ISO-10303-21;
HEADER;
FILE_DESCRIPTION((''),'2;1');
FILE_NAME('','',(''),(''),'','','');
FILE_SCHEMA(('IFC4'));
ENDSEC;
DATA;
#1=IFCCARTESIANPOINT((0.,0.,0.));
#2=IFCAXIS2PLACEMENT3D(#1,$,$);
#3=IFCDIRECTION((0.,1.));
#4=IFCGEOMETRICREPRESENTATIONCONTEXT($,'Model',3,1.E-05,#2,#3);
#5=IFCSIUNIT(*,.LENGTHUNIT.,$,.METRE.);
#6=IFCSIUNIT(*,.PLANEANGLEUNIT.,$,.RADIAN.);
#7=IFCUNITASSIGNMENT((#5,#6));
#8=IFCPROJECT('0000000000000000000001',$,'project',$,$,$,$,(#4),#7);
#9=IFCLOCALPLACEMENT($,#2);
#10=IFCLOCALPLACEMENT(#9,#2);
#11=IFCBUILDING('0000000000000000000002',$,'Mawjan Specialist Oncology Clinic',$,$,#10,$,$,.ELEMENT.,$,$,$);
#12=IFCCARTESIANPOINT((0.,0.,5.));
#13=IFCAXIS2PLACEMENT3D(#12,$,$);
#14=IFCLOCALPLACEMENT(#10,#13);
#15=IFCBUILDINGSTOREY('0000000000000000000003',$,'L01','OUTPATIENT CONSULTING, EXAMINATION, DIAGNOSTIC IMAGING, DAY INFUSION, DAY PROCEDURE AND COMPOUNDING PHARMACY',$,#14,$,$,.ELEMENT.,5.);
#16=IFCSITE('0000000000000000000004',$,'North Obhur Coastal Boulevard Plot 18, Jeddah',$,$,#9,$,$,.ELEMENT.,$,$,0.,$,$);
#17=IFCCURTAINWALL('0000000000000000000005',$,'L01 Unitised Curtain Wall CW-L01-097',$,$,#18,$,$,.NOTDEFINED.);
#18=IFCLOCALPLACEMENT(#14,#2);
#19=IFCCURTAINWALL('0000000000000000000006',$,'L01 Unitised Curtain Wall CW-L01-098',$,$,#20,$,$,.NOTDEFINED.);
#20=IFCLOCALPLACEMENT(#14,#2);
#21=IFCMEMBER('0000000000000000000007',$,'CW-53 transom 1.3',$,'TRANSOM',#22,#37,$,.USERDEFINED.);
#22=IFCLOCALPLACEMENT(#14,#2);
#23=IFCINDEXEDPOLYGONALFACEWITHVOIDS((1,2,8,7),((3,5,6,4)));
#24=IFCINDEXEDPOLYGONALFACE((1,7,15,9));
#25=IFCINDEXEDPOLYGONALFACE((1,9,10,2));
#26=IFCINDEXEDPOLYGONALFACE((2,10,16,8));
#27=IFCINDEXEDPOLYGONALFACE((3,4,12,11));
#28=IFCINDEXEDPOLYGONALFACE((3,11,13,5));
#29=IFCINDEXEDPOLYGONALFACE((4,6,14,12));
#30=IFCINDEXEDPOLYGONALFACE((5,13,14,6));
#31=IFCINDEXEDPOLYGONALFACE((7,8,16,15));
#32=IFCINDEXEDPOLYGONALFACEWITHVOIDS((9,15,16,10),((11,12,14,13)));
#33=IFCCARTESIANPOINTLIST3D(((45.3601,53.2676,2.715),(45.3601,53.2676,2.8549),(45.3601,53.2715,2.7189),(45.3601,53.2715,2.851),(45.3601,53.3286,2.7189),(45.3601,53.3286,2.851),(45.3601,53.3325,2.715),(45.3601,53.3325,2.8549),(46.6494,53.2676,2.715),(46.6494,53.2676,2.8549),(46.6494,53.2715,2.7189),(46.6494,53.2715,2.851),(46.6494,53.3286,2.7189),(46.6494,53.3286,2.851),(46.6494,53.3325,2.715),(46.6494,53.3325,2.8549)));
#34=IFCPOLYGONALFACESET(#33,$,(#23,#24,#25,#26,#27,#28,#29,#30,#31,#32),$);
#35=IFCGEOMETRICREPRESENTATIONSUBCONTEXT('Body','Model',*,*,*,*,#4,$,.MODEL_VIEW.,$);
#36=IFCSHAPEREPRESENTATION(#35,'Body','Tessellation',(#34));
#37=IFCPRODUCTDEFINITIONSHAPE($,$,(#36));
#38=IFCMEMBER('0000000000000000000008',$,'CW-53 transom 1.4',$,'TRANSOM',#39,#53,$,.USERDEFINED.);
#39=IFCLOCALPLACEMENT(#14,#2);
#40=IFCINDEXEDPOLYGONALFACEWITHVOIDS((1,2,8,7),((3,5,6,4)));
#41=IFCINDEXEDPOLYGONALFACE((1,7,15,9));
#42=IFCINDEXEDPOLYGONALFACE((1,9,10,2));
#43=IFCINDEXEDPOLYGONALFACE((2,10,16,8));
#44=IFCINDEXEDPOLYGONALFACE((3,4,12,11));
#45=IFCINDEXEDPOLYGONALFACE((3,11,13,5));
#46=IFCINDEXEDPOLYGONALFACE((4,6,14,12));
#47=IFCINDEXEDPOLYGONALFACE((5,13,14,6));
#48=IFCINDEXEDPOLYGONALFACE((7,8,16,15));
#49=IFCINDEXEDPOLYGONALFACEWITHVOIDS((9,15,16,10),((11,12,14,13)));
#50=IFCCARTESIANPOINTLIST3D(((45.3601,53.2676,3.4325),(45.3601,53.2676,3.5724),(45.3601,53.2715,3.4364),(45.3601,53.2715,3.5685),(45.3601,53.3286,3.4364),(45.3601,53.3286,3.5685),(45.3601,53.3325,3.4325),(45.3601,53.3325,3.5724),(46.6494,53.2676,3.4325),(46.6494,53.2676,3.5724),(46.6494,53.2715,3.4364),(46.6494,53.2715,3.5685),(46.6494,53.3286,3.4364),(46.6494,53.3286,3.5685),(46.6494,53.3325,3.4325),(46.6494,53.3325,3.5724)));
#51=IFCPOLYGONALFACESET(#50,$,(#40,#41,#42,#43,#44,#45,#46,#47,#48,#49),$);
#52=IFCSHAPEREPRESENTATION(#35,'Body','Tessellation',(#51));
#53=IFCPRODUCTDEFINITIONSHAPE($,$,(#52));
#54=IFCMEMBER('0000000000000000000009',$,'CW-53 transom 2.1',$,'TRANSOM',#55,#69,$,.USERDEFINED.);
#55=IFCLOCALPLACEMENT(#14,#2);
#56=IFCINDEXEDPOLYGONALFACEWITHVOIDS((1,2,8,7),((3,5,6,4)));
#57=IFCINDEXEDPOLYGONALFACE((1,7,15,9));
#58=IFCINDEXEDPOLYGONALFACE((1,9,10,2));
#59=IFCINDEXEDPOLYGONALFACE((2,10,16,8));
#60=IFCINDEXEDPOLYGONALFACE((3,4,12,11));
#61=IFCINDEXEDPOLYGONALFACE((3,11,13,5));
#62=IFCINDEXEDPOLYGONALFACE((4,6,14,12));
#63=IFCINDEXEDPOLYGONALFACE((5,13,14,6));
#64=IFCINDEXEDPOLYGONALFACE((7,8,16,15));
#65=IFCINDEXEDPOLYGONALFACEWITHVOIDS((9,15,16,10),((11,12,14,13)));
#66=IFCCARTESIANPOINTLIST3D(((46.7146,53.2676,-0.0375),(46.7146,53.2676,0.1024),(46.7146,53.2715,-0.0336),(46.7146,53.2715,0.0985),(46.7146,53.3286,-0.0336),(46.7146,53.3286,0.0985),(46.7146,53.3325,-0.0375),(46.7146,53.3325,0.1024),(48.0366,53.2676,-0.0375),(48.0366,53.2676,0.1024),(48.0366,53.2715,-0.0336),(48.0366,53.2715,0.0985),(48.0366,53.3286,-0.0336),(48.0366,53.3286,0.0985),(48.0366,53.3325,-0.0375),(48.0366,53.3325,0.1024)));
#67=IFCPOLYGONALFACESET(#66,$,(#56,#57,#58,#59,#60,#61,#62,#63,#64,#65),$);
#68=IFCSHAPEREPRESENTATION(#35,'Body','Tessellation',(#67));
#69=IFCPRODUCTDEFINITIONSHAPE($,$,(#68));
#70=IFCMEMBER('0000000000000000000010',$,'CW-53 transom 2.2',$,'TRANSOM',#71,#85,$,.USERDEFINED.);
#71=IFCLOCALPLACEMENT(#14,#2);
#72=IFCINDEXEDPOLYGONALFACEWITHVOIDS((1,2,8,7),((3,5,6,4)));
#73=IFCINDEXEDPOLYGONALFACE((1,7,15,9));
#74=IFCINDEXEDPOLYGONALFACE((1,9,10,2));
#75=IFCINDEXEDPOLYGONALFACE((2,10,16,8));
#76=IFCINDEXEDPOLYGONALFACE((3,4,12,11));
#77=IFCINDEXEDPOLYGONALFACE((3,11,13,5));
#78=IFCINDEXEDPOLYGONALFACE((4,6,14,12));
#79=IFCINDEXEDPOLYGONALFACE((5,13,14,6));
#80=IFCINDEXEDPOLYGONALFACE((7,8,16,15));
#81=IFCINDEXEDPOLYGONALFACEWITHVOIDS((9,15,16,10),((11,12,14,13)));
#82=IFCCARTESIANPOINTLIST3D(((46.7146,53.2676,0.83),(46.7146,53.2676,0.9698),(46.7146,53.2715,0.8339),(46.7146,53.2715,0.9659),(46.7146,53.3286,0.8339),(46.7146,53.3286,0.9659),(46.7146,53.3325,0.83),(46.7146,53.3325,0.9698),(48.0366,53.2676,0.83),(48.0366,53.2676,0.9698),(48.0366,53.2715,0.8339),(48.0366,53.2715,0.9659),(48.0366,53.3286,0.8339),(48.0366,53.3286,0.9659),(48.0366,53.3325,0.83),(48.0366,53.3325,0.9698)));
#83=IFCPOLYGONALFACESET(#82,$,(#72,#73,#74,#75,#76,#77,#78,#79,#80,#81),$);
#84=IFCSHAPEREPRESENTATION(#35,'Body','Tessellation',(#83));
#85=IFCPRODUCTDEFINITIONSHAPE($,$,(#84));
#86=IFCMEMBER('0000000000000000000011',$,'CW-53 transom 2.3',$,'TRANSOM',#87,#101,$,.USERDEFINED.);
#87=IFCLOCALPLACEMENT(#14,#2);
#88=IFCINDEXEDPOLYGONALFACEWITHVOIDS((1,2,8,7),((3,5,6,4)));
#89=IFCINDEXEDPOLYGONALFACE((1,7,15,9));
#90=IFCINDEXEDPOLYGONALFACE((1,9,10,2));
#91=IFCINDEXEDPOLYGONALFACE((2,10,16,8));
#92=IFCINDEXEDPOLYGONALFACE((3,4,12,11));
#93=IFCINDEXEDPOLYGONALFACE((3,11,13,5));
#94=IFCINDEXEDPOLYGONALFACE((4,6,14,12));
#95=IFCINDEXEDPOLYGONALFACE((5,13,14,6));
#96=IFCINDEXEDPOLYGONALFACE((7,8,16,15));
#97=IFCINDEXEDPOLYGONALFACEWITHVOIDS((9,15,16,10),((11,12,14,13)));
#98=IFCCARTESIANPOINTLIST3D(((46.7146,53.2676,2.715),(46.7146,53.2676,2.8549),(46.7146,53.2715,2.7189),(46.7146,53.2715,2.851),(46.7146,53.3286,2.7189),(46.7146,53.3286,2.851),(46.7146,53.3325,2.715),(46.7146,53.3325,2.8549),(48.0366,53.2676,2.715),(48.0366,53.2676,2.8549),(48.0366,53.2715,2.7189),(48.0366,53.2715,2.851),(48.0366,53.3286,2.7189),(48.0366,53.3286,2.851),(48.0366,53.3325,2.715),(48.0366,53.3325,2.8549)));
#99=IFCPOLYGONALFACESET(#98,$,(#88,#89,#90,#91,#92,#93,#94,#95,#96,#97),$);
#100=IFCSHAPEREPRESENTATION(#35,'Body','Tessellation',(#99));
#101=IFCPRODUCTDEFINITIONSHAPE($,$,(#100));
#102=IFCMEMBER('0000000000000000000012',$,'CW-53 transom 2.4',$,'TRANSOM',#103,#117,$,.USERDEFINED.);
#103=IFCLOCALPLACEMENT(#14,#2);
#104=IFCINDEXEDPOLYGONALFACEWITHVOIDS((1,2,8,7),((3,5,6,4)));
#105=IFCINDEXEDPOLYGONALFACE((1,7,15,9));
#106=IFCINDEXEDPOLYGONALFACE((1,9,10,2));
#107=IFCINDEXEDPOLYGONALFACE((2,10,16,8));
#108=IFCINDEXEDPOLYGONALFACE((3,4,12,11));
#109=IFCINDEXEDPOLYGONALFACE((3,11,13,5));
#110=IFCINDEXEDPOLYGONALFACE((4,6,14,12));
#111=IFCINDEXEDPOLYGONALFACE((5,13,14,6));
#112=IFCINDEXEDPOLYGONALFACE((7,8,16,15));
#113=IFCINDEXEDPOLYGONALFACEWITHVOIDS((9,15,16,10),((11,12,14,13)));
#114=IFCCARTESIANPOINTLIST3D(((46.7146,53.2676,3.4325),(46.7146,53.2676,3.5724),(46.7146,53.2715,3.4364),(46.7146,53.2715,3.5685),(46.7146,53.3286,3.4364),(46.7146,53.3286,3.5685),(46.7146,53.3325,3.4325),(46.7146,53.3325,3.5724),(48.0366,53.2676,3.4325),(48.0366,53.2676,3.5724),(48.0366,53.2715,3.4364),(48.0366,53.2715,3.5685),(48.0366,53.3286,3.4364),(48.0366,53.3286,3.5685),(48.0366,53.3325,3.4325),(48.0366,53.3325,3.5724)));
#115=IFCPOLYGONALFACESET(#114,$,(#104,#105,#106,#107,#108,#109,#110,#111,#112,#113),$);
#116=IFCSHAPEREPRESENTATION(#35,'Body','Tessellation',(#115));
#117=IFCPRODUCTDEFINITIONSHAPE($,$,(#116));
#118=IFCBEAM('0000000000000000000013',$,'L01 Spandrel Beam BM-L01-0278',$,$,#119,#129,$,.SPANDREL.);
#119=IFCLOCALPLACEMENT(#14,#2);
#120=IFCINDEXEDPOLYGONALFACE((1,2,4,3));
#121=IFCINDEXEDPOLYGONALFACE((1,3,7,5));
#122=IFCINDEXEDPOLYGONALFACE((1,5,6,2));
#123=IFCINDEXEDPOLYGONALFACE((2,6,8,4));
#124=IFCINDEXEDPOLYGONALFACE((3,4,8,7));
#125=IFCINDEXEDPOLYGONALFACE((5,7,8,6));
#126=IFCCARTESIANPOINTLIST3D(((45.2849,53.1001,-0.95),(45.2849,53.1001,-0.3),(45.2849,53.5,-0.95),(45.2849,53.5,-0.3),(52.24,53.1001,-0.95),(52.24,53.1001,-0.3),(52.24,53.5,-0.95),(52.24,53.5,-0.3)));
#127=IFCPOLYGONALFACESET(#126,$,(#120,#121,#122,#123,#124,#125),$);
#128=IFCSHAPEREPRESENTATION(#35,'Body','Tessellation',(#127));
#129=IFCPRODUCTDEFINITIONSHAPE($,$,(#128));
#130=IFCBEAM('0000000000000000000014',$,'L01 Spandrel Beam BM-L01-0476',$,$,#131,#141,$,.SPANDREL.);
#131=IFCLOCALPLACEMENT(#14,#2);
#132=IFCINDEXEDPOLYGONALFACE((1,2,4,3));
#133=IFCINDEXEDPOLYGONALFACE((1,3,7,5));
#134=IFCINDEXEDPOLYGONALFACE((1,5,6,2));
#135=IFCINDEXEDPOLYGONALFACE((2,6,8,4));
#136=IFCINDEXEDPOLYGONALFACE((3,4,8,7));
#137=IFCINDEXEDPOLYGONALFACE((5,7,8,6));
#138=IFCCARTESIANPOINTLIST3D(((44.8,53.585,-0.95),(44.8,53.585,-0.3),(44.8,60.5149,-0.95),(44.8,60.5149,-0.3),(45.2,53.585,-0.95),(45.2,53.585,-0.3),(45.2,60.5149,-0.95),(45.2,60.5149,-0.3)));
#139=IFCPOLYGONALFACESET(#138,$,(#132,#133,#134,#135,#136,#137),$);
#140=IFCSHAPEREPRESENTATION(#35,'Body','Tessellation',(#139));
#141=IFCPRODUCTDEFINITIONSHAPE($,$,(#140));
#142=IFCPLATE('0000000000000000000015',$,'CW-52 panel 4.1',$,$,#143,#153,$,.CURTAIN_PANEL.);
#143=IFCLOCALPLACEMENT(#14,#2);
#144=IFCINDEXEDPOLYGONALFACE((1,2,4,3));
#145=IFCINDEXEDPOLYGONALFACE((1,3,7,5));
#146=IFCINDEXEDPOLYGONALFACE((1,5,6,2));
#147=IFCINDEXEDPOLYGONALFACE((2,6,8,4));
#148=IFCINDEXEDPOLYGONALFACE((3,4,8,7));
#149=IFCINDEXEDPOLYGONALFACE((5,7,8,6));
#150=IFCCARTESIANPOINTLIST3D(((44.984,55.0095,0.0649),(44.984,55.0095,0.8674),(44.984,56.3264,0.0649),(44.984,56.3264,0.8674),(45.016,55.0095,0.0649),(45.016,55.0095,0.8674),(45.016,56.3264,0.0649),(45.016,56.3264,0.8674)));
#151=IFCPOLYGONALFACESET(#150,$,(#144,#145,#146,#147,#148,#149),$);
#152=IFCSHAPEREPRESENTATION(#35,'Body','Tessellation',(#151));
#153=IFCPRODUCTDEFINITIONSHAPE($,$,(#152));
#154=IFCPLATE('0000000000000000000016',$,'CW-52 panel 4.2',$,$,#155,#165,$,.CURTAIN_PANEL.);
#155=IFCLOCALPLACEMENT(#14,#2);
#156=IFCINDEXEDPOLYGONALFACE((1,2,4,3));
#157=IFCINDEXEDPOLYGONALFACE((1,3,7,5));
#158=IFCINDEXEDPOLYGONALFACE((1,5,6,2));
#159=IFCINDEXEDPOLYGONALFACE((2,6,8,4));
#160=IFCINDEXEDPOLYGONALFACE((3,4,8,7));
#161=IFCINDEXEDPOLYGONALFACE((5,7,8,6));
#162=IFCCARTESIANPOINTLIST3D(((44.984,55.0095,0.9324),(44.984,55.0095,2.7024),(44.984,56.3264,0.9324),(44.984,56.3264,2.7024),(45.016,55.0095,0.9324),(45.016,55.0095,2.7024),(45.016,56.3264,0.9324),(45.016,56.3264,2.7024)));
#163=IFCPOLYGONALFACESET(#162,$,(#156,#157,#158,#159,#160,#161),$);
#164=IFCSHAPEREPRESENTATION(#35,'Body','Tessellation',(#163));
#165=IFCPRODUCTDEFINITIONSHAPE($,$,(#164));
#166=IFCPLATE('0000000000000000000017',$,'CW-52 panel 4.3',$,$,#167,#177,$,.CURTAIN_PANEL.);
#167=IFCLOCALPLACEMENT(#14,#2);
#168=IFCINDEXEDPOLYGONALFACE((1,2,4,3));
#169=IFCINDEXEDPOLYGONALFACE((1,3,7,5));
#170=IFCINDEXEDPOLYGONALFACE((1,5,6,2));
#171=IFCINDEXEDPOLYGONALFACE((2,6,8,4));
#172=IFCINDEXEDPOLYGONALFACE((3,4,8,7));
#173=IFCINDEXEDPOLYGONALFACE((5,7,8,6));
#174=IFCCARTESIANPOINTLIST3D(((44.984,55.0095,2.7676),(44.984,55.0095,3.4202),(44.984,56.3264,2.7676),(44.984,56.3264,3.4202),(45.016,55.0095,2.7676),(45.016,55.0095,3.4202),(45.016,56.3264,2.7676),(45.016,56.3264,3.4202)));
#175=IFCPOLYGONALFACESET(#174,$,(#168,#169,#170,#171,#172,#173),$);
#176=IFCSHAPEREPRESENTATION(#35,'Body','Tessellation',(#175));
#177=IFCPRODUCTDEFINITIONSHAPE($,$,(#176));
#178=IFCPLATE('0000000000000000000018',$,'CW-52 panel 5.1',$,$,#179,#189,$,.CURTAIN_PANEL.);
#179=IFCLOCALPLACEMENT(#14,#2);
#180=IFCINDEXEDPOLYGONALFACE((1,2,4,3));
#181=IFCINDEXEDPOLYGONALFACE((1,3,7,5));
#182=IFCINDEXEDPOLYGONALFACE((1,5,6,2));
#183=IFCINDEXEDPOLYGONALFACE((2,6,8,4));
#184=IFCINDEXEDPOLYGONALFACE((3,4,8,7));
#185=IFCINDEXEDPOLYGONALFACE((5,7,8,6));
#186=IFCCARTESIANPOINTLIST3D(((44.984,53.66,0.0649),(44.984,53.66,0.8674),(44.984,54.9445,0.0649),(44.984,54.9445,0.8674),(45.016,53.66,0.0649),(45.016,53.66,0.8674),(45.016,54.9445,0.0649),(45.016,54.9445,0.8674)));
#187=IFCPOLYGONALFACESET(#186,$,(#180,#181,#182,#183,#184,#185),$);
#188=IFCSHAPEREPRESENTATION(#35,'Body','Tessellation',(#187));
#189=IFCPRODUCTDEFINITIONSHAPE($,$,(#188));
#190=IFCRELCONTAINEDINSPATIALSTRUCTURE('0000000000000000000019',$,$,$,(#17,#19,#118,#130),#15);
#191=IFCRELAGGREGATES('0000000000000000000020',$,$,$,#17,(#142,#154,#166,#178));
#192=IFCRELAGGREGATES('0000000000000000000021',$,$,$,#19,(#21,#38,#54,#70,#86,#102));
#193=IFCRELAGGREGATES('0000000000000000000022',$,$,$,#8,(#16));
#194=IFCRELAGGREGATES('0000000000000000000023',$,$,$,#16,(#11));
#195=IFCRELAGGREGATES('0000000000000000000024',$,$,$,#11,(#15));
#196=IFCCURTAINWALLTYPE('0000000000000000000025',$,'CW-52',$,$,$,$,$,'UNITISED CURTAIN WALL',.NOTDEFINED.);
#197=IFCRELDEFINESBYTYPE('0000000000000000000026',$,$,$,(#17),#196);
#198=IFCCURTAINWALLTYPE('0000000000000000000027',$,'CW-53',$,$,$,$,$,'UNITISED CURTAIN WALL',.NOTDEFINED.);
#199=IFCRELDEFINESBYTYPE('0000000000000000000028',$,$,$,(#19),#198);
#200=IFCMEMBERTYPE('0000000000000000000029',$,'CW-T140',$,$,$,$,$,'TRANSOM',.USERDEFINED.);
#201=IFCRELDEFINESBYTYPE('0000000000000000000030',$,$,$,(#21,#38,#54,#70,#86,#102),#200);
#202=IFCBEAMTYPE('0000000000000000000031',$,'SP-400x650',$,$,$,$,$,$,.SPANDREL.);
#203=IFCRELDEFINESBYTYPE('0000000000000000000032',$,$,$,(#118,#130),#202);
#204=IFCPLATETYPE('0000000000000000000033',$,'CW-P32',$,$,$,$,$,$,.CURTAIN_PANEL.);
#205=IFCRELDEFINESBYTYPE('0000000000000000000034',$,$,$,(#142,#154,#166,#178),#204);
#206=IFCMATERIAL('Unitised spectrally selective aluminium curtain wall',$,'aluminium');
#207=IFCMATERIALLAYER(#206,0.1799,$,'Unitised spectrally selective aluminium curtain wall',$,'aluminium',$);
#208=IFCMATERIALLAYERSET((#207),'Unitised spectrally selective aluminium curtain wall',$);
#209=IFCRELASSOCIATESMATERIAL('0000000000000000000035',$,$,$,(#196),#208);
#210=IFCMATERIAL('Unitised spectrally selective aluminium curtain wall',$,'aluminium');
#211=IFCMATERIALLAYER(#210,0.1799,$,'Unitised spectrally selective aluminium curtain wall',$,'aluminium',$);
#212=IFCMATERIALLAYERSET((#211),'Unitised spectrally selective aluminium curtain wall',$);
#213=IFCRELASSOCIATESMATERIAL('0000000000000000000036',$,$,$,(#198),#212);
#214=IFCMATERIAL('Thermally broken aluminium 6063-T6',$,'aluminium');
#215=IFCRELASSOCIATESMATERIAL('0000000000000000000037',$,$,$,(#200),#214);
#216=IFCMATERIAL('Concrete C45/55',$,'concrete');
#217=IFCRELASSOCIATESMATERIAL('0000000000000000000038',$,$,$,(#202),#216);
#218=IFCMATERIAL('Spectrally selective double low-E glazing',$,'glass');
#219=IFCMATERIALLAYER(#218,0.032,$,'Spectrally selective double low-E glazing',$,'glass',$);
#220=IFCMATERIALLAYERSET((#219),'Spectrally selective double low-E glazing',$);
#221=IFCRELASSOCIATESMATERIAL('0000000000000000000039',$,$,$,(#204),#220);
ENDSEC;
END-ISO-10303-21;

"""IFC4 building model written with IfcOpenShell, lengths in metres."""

from ifc_helpers import new_model, si_unit, direction, frame, origin, origin_2d, place, context, subcontext, project, spatial, rectangle, hollow_rectangle, extrude, material, layer, layer_set, material_profile, profile_set, type_object, element, aggregate, save


model = new_model("IFC4")

# Units and contexts
model_context = context("Model", 3, precision=1e-05, world=origin(), true_north=direction((0.0, 1.0)))
body_context = subcontext(model_context, "Body", "Model", "MODEL_VIEW")
ifc_project = project(units=[si_unit("LENGTHUNIT", "METRE"), si_unit("PLANEANGLEUNIT", "RADIAN")], contexts=[model_context])

# Site, building, storey
site_placement = place(None, origin())
site = spatial("IfcSite", under=ifc_project, at=site_placement, Name="North Obhur Coastal Boulevard Plot 18, Jeddah", CompositionType="ELEMENT", RefElevation=0.0)
building_placement = place(site_placement, origin())
building = spatial("IfcBuilding", under=site, at=building_placement, Name="Mawjan Specialist Oncology Clinic", CompositionType="ELEMENT")
storey_placement = place(building_placement, frame((0.0, 0.0, 5.0)))
storey = spatial("IfcBuildingStorey", under=building, at=storey_placement, Name="L01", Description="OUTPATIENT CONSULTING, EXAMINATION, DIAGNOSTIC IMAGING, DAY INFUSION, DAY PROCEDURE AND COMPOUNDING PHARMACY", CompositionType="ELEMENT", Elevation=5.0)

# Curtain walls
ifc_material_1 = material(Name="Unitised spectrally selective aluminium curtain wall", Category="aluminium")
ifc_layer_1 = layer(ifc_material_1, 0.1799, Name="Unitised spectrally selective aluminium curtain wall", Category="aluminium")
ifc_layer_set_1 = layer_set([ifc_layer_1], Name="Unitised spectrally selective aluminium curtain wall")
curtain_wall_type_1 = type_object("IfcCurtainWallType", Name="CW-52", ElementType="UNITISED CURTAIN WALL", PredefinedType="NOTDEFINED", material=ifc_layer_set_1)
curtain_wall_1_placement = place(storey_placement, origin())
curtain_wall_1 = element("IfcCurtainWall", 1, at=curtain_wall_1_placement, inside=storey, type_object=curtain_wall_type_1, Name="L01 Unitised Curtain Wall CW-L01-097", PredefinedType="NOTDEFINED")
ifc_material_2 = material(Name="Unitised spectrally selective aluminium curtain wall", Category="aluminium")
ifc_layer_2 = layer(ifc_material_2, 0.1799, Name="Unitised spectrally selective aluminium curtain wall", Category="aluminium")
ifc_layer_set_2 = layer_set([ifc_layer_2], Name="Unitised spectrally selective aluminium curtain wall")
curtain_wall_type_2 = type_object("IfcCurtainWallType", Name="CW-53", ElementType="UNITISED CURTAIN WALL", PredefinedType="NOTDEFINED", material=ifc_layer_set_2)
curtain_wall_2_placement = place(storey_placement, origin())
curtain_wall_2 = element("IfcCurtainWall", 2, at=curtain_wall_2_placement, inside=storey, type_object=curtain_wall_type_2, Name="L01 Unitised Curtain Wall CW-L01-098", PredefinedType="NOTDEFINED")

# Members
ifc_material_3 = material(Name="Thermally broken aluminium 6063-T6", Category="aluminium")
ifc_material_profile_1 = material_profile(ifc_material_3, hollow_rectangle(XDim=0.0649, YDim=0.1399, WallThickness=0.0039, at=origin_2d()), Name="ALU TRANSOM 140x65x4", Category="aluminium")
ifc_profile_set_1 = profile_set([ifc_material_profile_1], Name="Thermally broken aluminium 6063-T6")
member_type_1 = type_object("IfcMemberType", Name="CW-T140", ElementType="TRANSOM", PredefinedType="USERDEFINED", material=ifc_profile_set_1)
member_1_placement = place(storey_placement, frame((45.3601, 53.3, 2.7849), z_axis=(1.0, 0.0, 0.0), x_axis=(0.0, 1.0, 0.0)))
member_1 = element("IfcMember", 3, at=member_1_placement, type_object=member_type_1, Name="CW-53 transom 1.3", ObjectType="TRANSOM", PredefinedType="USERDEFINED", context=body_context, shape_type="SweptSolid", body=[
    extrude(hollow_rectangle(XDim=0.0649, YDim=0.1399, WallThickness=0.0039, at=origin_2d()), origin(), (0.0, 0.0, 1.0), 1.2893),
])
member_2_placement = place(storey_placement, frame((45.3601, 53.3, 3.5024), z_axis=(1.0, 0.0, 0.0), x_axis=(0.0, 1.0, 0.0)))
member_2 = element("IfcMember", 4, at=member_2_placement, type_object=member_type_1, Name="CW-53 transom 1.4", ObjectType="TRANSOM", PredefinedType="USERDEFINED", context=body_context, shape_type="SweptSolid", body=[
    extrude(hollow_rectangle(XDim=0.0649, YDim=0.1399, WallThickness=0.0039, at=origin_2d()), origin(), (0.0, 0.0, 1.0), 1.2893),
])
member_3_placement = place(storey_placement, frame((46.7146, 53.3, 0.0325), z_axis=(1.0, 0.0, 0.0), x_axis=(0.0, 1.0, 0.0)))
member_3 = element("IfcMember", 5, at=member_3_placement, type_object=member_type_1, Name="CW-53 transom 2.1", ObjectType="TRANSOM", PredefinedType="USERDEFINED", context=body_context, shape_type="SweptSolid", body=[
    extrude(hollow_rectangle(XDim=0.0649, YDim=0.1399, WallThickness=0.0039, at=origin_2d()), origin(), (0.0, 0.0, 1.0), 1.322),
])
member_4_placement = place(storey_placement, frame((46.7146, 53.3, 0.8999), z_axis=(1.0, 0.0, 0.0), x_axis=(0.0, 1.0, 0.0)))
member_4 = element("IfcMember", 6, at=member_4_placement, type_object=member_type_1, Name="CW-53 transom 2.2", ObjectType="TRANSOM", PredefinedType="USERDEFINED", context=body_context, shape_type="SweptSolid", body=[
    extrude(hollow_rectangle(XDim=0.0649, YDim=0.1399, WallThickness=0.0039, at=origin_2d()), origin(), (0.0, 0.0, 1.0), 1.322),
])
member_5_placement = place(storey_placement, frame((46.7146, 53.3, 2.7849), z_axis=(1.0, 0.0, 0.0), x_axis=(0.0, 1.0, 0.0)))
member_5 = element("IfcMember", 7, at=member_5_placement, type_object=member_type_1, Name="CW-53 transom 2.3", ObjectType="TRANSOM", PredefinedType="USERDEFINED", context=body_context, shape_type="SweptSolid", body=[
    extrude(hollow_rectangle(XDim=0.0649, YDim=0.1399, WallThickness=0.0039, at=origin_2d()), origin(), (0.0, 0.0, 1.0), 1.322),
])
member_6_placement = place(storey_placement, frame((46.7146, 53.3, 3.5024), z_axis=(1.0, 0.0, 0.0), x_axis=(0.0, 1.0, 0.0)))
member_6 = element("IfcMember", 8, at=member_6_placement, type_object=member_type_1, Name="CW-53 transom 2.4", ObjectType="TRANSOM", PredefinedType="USERDEFINED", context=body_context, shape_type="SweptSolid", body=[
    extrude(hollow_rectangle(XDim=0.0649, YDim=0.1399, WallThickness=0.0039, at=origin_2d()), origin(), (0.0, 0.0, 1.0), 1.322),
])

# Beams
ifc_material_4 = material(Name="Concrete C45/55", Category="concrete")
ifc_material_profile_2 = material_profile(ifc_material_4, rectangle(XDim=0.3999, YDim=0.6499, at=origin_2d()), Name="RC BM 400x650", Category="concrete")
ifc_profile_set_2 = profile_set([ifc_material_profile_2], Name="Concrete C45/55")
beam_type = type_object("IfcBeamType", Name="SP-400x650", PredefinedType="SPANDREL", material=ifc_profile_set_2)
beam_1_placement = place(storey_placement, frame((45.2849, 53.3, -0.625), z_axis=(1.0, 0.0, 0.0), x_axis=(0.0, 1.0, 0.0)))
element("IfcBeam", 9, at=beam_1_placement, inside=storey, type_object=beam_type, Name="L01 Spandrel Beam BM-L01-0278", PredefinedType="SPANDREL", context=body_context, shape_type="SweptSolid", body=[
    extrude(rectangle(XDim=0.3999, YDim=0.6499, at=origin_2d()), origin(), (0.0, 0.0, 1.0), 6.9551),
])
beam_2_placement = place(storey_placement, frame((45.0, 53.585, -0.625), z_axis=(0.0, 1.0, 0.0), x_axis=(-1.0, 0.0, 0.0)))
element("IfcBeam", 10, at=beam_2_placement, inside=storey, type_object=beam_type, Name="L01 Spandrel Beam BM-L01-0476", PredefinedType="SPANDREL", context=body_context, shape_type="SweptSolid", body=[
    extrude(rectangle(XDim=0.3999, YDim=0.6499, at=origin_2d()), origin(), (0.0, 0.0, 1.0), 6.9299),
])

# Plates
ifc_material_5 = material(Name="Spectrally selective double low-E glazing", Category="glass")
ifc_layer_3 = layer(ifc_material_5, 0.032, Name="Spectrally selective double low-E glazing", Category="glass")
ifc_layer_set_3 = layer_set([ifc_layer_3], Name="Spectrally selective double low-E glazing")
plate_type = type_object("IfcPlateType", Name="CW-P32", PredefinedType="CURTAIN_PANEL", material=ifc_layer_set_3)
plate_1_placement = place(storey_placement, frame((45.0, 55.668, 0.0649), z_axis=(0.0, 0.0, 1.0), x_axis=(0.0, -1.0, 0.0)))
plate_1 = element("IfcPlate", 11, at=plate_1_placement, type_object=plate_type, Name="CW-52 panel 4.1", PredefinedType="CURTAIN_PANEL", context=body_context, shape_type="SweptSolid", body=[
    extrude(rectangle(XDim=1.3169, YDim=0.032, at=origin_2d()), origin(), (0.0, 0.0, 1.0), 0.8025),
])
plate_2_placement = place(storey_placement, frame((45.0, 55.668, 0.9324), z_axis=(0.0, 0.0, 1.0), x_axis=(0.0, -1.0, 0.0)))
plate_2 = element("IfcPlate", 12, at=plate_2_placement, type_object=plate_type, Name="CW-52 panel 4.2", PredefinedType="CURTAIN_PANEL", context=body_context, shape_type="SweptSolid", body=[
    extrude(rectangle(XDim=1.3169, YDim=0.032, at=origin_2d()), origin(), (0.0, 0.0, 1.0), 1.77),
])
plate_3_placement = place(storey_placement, frame((45.0, 55.668, 2.7676), z_axis=(0.0, 0.0, 1.0), x_axis=(0.0, -1.0, 0.0)))
plate_3 = element("IfcPlate", 13, at=plate_3_placement, type_object=plate_type, Name="CW-52 panel 4.3", PredefinedType="CURTAIN_PANEL", context=body_context, shape_type="SweptSolid", body=[
    extrude(rectangle(XDim=1.3169, YDim=0.032, at=origin_2d()), origin(), (0.0, 0.0, 1.0), 0.6526),
])
plate_4_placement = place(storey_placement, frame((45.0, 54.3022, 0.0649), z_axis=(0.0, 0.0, 1.0), x_axis=(0.0, -1.0, 0.0)))
plate_4 = element("IfcPlate", 14, at=plate_4_placement, type_object=plate_type, Name="CW-52 panel 5.1", PredefinedType="CURTAIN_PANEL", context=body_context, shape_type="SweptSolid", body=[
    extrude(rectangle(XDim=1.2844, YDim=0.032, at=origin_2d()), origin(), (0.0, 0.0, 1.0), 0.8025),
])
aggregate(curtain_wall_1, [plate_1, plate_2, plate_3, plate_4])
aggregate(curtain_wall_2, [member_1, member_2, member_3, member_4, member_5, member_6])

save(model, "model.ifc")
